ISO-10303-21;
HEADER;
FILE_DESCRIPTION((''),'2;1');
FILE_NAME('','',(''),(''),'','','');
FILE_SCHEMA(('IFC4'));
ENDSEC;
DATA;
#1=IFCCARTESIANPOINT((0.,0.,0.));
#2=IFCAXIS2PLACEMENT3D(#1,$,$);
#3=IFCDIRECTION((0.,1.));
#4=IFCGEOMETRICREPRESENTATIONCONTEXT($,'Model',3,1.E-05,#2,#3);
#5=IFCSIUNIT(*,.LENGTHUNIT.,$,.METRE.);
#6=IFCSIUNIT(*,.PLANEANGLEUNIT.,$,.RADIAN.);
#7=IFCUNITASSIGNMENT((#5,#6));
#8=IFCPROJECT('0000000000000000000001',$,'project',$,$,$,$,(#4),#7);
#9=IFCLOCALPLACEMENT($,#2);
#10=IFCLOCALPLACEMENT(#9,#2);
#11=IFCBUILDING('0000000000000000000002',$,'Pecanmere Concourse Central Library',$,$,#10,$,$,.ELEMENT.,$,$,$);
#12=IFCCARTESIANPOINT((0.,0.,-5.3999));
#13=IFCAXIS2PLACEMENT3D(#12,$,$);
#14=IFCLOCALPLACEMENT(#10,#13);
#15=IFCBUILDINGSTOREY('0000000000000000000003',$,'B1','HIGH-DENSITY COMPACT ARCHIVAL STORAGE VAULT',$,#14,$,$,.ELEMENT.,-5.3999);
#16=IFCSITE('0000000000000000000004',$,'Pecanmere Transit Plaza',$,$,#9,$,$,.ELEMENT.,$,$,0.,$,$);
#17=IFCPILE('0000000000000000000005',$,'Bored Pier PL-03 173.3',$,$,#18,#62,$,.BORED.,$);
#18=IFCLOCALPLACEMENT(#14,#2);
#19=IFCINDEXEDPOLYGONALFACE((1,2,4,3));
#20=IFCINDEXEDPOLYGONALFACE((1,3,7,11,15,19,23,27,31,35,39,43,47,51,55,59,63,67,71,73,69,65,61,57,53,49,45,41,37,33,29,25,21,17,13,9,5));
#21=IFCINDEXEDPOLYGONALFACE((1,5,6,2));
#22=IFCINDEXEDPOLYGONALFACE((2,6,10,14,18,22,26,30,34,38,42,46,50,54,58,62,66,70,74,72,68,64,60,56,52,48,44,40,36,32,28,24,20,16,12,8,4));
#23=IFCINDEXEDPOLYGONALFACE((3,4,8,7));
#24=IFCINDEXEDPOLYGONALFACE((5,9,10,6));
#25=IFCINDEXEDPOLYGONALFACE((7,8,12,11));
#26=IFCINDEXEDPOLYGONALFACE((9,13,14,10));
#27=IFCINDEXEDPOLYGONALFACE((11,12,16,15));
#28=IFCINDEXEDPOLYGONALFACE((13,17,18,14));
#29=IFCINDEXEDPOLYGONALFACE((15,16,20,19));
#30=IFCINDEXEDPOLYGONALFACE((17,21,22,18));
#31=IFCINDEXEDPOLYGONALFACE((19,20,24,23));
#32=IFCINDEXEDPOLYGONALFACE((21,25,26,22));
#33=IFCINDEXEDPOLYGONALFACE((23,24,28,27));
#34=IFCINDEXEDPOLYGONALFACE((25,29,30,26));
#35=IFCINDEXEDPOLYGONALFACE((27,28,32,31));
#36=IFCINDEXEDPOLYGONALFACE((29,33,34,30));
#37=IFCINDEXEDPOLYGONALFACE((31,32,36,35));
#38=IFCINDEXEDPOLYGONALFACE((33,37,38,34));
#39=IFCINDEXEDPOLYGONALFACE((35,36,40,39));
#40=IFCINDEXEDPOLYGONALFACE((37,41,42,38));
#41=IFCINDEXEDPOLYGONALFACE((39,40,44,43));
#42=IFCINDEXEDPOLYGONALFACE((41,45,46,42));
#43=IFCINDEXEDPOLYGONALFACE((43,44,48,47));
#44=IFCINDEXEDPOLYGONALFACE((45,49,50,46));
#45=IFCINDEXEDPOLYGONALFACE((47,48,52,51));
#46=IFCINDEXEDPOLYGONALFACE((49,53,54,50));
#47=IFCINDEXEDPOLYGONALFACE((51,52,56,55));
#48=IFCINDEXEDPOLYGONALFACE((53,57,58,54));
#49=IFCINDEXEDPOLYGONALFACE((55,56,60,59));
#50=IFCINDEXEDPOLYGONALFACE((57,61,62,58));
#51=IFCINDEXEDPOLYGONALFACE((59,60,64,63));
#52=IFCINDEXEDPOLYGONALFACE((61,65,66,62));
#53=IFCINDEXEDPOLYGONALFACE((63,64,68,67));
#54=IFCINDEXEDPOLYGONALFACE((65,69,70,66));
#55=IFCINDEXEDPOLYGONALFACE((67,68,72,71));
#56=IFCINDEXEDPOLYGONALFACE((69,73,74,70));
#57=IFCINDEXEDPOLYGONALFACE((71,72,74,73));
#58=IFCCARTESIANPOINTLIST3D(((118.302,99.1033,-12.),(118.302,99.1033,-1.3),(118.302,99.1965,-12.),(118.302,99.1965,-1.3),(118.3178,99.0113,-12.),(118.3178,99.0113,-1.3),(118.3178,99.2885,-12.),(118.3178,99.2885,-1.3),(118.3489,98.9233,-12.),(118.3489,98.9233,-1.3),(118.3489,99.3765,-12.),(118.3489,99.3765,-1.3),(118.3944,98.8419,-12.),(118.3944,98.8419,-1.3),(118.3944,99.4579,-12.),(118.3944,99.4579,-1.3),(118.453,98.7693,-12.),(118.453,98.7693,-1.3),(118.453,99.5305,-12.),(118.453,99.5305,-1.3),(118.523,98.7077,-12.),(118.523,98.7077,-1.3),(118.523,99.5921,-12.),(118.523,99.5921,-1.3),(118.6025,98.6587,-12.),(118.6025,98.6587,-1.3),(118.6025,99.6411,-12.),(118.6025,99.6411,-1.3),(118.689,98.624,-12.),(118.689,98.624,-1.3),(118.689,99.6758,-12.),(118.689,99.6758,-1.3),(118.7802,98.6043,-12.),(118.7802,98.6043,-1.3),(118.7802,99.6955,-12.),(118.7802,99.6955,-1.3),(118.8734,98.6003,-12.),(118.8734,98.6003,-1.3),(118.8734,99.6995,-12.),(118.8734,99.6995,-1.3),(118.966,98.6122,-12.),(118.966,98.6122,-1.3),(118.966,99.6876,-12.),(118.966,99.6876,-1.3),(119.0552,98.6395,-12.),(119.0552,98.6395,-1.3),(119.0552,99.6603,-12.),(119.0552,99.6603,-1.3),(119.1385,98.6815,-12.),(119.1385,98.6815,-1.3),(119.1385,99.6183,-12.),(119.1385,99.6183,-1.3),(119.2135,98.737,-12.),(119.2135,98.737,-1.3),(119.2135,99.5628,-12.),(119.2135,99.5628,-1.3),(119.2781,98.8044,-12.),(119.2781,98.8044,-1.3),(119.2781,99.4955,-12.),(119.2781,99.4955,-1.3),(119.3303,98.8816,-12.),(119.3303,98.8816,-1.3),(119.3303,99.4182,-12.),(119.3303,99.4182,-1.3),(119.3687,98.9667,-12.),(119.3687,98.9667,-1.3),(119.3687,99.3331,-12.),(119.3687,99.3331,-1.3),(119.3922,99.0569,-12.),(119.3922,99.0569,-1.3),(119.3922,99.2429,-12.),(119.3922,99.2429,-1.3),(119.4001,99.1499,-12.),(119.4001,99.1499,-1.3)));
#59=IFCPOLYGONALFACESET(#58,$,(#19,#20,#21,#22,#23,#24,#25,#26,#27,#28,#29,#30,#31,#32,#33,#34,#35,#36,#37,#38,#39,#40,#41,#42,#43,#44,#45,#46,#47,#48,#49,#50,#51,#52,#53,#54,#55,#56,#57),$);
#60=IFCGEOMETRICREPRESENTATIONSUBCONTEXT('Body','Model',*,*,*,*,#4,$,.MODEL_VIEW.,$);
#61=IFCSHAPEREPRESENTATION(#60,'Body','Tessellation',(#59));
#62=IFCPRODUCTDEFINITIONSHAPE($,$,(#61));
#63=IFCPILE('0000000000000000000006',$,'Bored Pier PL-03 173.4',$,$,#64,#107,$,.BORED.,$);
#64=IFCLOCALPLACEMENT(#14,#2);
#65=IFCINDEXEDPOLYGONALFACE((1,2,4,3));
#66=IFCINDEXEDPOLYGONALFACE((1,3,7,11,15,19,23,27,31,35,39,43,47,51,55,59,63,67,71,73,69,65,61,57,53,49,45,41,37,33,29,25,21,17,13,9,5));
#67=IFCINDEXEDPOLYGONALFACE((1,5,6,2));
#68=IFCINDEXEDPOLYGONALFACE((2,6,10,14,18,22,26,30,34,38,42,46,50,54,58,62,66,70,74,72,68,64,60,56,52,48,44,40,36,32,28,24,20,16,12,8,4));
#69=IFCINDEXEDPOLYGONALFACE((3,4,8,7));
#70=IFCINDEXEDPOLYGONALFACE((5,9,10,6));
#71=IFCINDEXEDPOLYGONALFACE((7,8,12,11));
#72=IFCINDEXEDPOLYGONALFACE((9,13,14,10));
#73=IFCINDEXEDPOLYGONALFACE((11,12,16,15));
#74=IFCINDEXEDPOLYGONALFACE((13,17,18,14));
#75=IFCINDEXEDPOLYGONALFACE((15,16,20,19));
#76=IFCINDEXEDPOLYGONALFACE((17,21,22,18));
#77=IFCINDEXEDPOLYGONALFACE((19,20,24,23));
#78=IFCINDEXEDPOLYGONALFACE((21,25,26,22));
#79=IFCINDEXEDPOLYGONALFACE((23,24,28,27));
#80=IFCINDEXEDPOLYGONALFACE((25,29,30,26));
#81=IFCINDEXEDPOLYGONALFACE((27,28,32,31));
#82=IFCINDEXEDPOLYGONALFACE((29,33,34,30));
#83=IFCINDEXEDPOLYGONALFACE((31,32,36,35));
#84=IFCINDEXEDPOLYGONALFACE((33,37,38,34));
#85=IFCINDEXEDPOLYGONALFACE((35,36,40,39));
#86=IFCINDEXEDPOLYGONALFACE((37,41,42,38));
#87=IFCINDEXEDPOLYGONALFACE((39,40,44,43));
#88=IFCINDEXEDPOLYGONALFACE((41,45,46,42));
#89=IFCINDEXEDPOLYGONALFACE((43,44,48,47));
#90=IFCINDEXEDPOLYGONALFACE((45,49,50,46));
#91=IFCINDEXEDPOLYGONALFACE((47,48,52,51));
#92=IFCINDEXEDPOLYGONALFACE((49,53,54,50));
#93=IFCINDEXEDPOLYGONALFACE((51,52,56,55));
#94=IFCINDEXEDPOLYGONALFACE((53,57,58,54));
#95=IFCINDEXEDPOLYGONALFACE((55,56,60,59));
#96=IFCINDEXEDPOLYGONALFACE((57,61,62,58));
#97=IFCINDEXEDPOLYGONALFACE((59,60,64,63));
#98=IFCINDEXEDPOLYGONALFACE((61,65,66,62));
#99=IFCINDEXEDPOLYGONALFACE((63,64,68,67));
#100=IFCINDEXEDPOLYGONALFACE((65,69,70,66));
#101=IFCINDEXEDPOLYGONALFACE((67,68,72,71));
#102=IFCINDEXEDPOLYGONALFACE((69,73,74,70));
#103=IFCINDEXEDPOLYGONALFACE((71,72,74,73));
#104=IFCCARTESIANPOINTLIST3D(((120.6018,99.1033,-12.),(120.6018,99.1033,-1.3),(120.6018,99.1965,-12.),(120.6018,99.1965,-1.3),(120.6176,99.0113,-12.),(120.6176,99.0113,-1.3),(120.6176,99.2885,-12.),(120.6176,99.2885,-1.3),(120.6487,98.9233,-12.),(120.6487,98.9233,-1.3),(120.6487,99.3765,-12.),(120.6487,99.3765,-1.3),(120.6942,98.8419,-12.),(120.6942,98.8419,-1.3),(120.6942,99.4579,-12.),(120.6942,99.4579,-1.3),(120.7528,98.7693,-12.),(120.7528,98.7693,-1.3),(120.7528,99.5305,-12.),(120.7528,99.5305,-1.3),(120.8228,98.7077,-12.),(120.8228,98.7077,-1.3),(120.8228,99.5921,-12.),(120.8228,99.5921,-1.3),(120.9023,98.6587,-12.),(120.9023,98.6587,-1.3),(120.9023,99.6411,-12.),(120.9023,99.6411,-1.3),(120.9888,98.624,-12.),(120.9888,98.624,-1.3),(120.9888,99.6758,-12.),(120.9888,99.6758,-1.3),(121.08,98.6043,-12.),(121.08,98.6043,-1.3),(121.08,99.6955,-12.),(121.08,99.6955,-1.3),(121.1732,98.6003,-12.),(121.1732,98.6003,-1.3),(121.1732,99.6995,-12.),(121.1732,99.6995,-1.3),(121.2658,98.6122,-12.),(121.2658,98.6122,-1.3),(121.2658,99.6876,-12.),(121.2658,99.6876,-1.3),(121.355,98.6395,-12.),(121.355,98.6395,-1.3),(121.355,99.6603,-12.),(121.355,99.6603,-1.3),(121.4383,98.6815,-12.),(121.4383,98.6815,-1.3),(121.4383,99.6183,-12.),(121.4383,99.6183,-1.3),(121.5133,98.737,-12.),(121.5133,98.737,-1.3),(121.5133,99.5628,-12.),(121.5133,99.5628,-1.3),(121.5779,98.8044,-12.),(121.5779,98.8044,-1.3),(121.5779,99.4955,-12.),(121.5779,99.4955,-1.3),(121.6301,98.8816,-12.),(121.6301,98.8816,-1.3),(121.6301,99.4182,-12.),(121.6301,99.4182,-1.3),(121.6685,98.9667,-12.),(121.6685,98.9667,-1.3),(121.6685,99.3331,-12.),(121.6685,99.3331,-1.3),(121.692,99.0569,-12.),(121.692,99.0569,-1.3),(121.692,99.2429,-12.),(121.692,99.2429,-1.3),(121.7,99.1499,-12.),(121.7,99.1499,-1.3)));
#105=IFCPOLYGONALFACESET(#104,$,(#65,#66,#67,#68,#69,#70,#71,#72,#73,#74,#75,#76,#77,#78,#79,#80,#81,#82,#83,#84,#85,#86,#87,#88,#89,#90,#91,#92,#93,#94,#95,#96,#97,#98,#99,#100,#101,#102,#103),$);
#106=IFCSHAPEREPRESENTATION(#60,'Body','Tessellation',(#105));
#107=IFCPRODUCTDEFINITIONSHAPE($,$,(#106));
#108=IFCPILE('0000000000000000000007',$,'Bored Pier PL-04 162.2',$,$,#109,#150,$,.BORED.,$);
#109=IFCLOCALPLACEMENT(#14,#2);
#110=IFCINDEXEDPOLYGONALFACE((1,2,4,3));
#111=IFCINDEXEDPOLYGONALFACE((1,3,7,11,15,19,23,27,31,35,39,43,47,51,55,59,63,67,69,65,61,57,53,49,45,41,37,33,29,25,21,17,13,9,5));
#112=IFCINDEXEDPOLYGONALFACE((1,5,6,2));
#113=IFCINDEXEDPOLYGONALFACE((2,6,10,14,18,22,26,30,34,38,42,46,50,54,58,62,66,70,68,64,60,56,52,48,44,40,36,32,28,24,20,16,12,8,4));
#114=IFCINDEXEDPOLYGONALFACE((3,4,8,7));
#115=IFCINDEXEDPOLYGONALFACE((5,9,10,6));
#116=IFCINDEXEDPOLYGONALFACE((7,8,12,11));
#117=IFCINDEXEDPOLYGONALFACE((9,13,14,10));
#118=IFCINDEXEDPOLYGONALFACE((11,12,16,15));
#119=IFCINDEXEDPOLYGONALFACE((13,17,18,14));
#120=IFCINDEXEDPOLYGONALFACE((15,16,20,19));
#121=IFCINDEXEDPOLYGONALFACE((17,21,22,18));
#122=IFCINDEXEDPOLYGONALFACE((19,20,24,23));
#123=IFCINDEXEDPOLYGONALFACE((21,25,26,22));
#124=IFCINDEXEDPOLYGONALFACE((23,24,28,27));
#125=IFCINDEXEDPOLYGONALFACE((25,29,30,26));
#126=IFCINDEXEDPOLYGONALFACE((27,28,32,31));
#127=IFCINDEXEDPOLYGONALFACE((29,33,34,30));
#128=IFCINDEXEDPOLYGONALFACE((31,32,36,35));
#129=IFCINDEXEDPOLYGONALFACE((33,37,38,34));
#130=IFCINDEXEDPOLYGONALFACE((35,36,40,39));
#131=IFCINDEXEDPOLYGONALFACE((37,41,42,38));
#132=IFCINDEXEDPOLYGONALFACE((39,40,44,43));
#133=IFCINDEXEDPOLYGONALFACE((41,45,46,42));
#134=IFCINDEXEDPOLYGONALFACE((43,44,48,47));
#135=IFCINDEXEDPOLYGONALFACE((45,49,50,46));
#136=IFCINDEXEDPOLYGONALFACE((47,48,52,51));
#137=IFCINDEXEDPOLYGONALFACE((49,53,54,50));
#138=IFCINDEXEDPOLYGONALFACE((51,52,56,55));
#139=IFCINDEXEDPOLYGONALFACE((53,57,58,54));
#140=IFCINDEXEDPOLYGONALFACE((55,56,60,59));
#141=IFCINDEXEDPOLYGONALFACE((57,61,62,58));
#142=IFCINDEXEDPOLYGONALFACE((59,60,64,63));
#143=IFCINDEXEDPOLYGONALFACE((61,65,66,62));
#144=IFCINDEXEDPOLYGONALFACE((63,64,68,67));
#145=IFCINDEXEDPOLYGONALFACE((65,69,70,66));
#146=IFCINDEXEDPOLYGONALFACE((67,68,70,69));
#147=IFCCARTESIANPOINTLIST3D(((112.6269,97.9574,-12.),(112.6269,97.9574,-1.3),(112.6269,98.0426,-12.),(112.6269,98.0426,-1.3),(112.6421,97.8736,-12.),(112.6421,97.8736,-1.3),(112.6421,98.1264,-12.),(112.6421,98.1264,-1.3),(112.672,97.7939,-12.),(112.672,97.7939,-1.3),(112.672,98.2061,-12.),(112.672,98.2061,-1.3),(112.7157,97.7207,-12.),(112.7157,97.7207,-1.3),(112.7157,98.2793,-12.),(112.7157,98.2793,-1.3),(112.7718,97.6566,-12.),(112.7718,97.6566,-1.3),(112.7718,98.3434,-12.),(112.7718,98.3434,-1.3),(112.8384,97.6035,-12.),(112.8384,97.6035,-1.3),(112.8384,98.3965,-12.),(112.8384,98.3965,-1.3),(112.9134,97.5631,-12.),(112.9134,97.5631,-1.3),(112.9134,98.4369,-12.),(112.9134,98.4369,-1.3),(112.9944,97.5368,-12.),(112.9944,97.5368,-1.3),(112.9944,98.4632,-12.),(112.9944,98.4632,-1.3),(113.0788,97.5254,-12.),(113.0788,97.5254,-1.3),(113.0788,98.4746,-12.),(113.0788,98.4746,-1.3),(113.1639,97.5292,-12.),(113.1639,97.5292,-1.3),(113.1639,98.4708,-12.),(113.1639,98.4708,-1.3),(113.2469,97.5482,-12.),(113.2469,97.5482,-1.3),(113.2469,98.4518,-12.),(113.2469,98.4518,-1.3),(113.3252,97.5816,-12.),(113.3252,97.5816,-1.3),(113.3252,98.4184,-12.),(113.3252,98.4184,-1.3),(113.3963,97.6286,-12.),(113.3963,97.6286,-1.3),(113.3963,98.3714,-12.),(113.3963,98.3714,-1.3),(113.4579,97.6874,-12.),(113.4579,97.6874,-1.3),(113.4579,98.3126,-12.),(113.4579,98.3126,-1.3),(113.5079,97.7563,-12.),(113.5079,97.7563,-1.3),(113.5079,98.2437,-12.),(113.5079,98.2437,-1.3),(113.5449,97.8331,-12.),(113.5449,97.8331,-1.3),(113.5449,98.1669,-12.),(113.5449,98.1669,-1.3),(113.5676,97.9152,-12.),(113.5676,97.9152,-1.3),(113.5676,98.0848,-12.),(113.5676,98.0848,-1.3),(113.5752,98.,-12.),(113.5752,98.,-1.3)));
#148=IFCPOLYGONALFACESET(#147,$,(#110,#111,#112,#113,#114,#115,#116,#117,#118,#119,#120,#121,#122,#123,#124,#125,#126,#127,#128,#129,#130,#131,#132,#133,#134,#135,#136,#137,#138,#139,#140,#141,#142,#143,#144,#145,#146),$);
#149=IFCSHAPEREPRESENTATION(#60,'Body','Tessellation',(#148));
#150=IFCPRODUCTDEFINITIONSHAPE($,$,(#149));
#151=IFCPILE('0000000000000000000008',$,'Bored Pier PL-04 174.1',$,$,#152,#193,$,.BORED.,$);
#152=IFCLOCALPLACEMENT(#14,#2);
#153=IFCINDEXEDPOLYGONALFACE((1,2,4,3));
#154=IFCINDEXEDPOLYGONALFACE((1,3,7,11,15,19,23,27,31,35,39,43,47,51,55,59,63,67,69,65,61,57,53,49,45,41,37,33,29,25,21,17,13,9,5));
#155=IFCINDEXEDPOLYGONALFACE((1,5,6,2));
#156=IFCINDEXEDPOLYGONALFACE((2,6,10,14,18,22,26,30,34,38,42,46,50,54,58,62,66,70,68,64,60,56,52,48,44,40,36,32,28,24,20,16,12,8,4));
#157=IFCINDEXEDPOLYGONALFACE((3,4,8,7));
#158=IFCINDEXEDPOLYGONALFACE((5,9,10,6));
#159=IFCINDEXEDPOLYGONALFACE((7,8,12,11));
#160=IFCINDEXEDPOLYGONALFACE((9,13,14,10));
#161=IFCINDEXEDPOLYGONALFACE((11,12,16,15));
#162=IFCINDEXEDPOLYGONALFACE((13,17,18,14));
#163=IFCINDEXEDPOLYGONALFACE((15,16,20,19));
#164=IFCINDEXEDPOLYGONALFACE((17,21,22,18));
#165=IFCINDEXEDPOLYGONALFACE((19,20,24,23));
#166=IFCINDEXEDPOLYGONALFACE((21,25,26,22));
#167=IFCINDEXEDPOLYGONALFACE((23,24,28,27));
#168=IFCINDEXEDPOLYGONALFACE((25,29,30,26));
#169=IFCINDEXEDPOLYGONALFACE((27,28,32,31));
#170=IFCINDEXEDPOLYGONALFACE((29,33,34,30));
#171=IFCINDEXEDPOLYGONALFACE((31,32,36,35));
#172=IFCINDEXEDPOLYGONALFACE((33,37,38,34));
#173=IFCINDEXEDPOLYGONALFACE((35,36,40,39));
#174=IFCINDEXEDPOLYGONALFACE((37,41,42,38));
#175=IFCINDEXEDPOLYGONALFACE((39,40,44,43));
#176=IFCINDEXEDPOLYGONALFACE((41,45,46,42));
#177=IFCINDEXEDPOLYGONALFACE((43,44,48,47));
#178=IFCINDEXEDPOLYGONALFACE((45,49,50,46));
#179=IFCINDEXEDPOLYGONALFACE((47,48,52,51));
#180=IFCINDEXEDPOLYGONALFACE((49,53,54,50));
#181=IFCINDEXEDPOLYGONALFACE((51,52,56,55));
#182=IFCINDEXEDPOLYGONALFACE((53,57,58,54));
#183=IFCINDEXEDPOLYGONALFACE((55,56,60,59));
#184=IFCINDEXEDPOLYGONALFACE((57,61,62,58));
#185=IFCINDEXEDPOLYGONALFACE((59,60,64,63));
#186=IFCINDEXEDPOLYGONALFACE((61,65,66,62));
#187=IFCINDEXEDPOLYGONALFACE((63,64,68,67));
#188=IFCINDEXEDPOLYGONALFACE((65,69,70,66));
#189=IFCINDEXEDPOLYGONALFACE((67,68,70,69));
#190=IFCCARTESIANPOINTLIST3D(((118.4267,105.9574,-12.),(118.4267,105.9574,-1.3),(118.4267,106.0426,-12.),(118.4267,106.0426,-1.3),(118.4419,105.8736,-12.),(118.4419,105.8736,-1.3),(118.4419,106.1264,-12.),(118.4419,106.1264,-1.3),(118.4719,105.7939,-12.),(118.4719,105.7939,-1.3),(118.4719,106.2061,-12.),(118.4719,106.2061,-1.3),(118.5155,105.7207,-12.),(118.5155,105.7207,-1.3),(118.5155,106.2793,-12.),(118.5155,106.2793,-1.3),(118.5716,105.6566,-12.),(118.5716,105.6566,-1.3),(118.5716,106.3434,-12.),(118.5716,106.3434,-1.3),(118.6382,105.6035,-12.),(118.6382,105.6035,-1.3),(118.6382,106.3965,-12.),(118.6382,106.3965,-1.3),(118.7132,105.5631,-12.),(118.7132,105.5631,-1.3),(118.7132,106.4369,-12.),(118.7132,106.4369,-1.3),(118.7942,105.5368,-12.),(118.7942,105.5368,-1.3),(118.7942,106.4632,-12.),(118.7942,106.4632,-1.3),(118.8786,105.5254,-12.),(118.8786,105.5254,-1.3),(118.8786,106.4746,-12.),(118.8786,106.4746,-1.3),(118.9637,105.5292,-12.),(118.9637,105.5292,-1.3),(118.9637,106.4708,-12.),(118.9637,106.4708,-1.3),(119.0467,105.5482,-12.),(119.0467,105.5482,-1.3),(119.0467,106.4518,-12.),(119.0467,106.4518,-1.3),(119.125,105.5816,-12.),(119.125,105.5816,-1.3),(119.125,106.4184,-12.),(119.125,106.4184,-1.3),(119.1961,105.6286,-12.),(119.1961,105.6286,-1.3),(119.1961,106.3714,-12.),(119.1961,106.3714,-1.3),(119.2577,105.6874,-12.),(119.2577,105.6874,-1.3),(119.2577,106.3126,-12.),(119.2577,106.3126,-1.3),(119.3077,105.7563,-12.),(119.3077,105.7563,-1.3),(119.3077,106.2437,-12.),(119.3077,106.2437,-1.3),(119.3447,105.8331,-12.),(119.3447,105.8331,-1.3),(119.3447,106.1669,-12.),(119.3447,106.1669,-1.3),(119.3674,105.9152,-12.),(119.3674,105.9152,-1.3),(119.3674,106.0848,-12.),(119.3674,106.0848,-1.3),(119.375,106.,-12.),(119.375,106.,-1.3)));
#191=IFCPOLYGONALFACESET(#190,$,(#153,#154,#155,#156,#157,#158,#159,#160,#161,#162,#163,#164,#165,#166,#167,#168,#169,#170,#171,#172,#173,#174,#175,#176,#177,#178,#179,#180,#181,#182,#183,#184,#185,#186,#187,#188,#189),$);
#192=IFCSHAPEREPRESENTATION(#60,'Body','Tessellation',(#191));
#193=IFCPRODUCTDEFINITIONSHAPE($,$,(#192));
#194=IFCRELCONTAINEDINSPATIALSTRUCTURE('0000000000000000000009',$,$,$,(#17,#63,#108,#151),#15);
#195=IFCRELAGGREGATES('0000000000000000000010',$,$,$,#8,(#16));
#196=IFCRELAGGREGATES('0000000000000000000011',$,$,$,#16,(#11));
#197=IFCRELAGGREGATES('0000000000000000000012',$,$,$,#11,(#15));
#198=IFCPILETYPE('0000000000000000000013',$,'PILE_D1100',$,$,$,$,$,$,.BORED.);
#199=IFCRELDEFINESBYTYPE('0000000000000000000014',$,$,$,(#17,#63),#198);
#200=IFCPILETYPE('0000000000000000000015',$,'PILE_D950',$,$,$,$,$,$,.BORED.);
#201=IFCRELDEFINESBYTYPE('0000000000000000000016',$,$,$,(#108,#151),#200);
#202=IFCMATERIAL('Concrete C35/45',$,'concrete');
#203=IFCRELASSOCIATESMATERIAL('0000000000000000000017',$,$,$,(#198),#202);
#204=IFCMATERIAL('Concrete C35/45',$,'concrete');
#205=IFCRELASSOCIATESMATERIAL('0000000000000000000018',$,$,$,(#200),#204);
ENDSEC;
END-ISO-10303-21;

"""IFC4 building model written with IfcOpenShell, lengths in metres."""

from ifc_helpers import new_model, si_unit, direction, frame, origin, origin_2d, place, context, subcontext, project, spatial, circle, extrude, material, material_profile, profile_set, type_object, element, save


model = new_model("IFC4")

# Units and contexts
model_context = context("Model", 3, precision=1e-05, world=origin(), true_north=direction((0.0, 1.0)))
body_context = subcontext(model_context, "Body", "Model", "MODEL_VIEW")
ifc_project = project(units=[si_unit("LENGTHUNIT", "METRE"), si_unit("PLANEANGLEUNIT", "RADIAN")], contexts=[model_context])

# Site, building, storey
site_placement = place(None, origin())
site = spatial("IfcSite", under=ifc_project, at=site_placement, Name="Pecanmere Transit Plaza", CompositionType="ELEMENT", RefElevation=0.0)
building_placement = place(site_placement, origin())
building = spatial("IfcBuilding", under=site, at=building_placement, Name="Pecanmere Concourse Central Library", CompositionType="ELEMENT")
storey_placement = place(building_placement, frame((0.0, 0.0, -5.3999)))
storey = spatial("IfcBuildingStorey", under=building, at=storey_placement, Name="B1", Description="HIGH-DENSITY COMPACT ARCHIVAL STORAGE VAULT", CompositionType="ELEMENT", Elevation=-5.3999)

# Piles
ifc_material_1 = material(Name="Concrete C35/45", Category="concrete")
ifc_material_profile_1 = material_profile(ifc_material_1, circle(Radius=0.55, at=origin_2d()), Name="PIER D1100")
ifc_profile_set_1 = profile_set([ifc_material_profile_1], Name="Concrete C35/45")
pile_type_1 = type_object("IfcPileType", Name="PILE_D1100", PredefinedType="BORED", material=ifc_profile_set_1)
for number, where, z_axis, x_axis, name in (
    (1, (118.8501, 99.1499, -1.3), (0.0, 0.0, -1.0), (1.0, 0.0, 0.0), "Bored Pier PL-03 173.3"),
    (2, (121.1499, 99.1499, -1.3), (0.0, 0.0, -1.0), (1.0, 0.0, 0.0), "Bored Pier PL-03 173.4"),
):
    element("IfcPile", number, at=place(storey_placement, frame(where, z_axis=z_axis, x_axis=x_axis)), inside=storey, type_object=pile_type_1, Name=name, PredefinedType="BORED", context=body_context, shape_type="SweptSolid", body=[
        extrude(circle(Radius=0.55, at=origin_2d()), origin(), (0.0, 0.0, 1.0), 10.7),
    ])
ifc_material_2 = material(Name="Concrete C35/45", Category="concrete")
ifc_material_profile_2 = material_profile(ifc_material_2, circle(Radius=0.4751, at=origin_2d()), Name="PIER D950")
ifc_profile_set_2 = profile_set([ifc_material_profile_2], Name="Concrete C35/45")
pile_type_2 = type_object("IfcPileType", Name="PILE_D950", PredefinedType="BORED", material=ifc_profile_set_2)
for number, where, z_axis, x_axis, name in (
    (3, (113.1001, 98.0, -1.3), (0.0, 0.0, -1.0), (1.0, 0.0, 0.0), "Bored Pier PL-04 162.2"),
    (4, (118.8999, 106.0, -1.3), (0.0, 0.0, -1.0), (1.0, 0.0, 0.0), "Bored Pier PL-04 174.1"),
):
    element("IfcPile", number, at=place(storey_placement, frame(where, z_axis=z_axis, x_axis=x_axis)), inside=storey, type_object=pile_type_2, Name=name, PredefinedType="BORED", context=body_context, shape_type="SweptSolid", body=[
        extrude(circle(Radius=0.4751, at=origin_2d()), origin(), (0.0, 0.0, 1.0), 10.7),
    ])

save(model, "model.ifc")
